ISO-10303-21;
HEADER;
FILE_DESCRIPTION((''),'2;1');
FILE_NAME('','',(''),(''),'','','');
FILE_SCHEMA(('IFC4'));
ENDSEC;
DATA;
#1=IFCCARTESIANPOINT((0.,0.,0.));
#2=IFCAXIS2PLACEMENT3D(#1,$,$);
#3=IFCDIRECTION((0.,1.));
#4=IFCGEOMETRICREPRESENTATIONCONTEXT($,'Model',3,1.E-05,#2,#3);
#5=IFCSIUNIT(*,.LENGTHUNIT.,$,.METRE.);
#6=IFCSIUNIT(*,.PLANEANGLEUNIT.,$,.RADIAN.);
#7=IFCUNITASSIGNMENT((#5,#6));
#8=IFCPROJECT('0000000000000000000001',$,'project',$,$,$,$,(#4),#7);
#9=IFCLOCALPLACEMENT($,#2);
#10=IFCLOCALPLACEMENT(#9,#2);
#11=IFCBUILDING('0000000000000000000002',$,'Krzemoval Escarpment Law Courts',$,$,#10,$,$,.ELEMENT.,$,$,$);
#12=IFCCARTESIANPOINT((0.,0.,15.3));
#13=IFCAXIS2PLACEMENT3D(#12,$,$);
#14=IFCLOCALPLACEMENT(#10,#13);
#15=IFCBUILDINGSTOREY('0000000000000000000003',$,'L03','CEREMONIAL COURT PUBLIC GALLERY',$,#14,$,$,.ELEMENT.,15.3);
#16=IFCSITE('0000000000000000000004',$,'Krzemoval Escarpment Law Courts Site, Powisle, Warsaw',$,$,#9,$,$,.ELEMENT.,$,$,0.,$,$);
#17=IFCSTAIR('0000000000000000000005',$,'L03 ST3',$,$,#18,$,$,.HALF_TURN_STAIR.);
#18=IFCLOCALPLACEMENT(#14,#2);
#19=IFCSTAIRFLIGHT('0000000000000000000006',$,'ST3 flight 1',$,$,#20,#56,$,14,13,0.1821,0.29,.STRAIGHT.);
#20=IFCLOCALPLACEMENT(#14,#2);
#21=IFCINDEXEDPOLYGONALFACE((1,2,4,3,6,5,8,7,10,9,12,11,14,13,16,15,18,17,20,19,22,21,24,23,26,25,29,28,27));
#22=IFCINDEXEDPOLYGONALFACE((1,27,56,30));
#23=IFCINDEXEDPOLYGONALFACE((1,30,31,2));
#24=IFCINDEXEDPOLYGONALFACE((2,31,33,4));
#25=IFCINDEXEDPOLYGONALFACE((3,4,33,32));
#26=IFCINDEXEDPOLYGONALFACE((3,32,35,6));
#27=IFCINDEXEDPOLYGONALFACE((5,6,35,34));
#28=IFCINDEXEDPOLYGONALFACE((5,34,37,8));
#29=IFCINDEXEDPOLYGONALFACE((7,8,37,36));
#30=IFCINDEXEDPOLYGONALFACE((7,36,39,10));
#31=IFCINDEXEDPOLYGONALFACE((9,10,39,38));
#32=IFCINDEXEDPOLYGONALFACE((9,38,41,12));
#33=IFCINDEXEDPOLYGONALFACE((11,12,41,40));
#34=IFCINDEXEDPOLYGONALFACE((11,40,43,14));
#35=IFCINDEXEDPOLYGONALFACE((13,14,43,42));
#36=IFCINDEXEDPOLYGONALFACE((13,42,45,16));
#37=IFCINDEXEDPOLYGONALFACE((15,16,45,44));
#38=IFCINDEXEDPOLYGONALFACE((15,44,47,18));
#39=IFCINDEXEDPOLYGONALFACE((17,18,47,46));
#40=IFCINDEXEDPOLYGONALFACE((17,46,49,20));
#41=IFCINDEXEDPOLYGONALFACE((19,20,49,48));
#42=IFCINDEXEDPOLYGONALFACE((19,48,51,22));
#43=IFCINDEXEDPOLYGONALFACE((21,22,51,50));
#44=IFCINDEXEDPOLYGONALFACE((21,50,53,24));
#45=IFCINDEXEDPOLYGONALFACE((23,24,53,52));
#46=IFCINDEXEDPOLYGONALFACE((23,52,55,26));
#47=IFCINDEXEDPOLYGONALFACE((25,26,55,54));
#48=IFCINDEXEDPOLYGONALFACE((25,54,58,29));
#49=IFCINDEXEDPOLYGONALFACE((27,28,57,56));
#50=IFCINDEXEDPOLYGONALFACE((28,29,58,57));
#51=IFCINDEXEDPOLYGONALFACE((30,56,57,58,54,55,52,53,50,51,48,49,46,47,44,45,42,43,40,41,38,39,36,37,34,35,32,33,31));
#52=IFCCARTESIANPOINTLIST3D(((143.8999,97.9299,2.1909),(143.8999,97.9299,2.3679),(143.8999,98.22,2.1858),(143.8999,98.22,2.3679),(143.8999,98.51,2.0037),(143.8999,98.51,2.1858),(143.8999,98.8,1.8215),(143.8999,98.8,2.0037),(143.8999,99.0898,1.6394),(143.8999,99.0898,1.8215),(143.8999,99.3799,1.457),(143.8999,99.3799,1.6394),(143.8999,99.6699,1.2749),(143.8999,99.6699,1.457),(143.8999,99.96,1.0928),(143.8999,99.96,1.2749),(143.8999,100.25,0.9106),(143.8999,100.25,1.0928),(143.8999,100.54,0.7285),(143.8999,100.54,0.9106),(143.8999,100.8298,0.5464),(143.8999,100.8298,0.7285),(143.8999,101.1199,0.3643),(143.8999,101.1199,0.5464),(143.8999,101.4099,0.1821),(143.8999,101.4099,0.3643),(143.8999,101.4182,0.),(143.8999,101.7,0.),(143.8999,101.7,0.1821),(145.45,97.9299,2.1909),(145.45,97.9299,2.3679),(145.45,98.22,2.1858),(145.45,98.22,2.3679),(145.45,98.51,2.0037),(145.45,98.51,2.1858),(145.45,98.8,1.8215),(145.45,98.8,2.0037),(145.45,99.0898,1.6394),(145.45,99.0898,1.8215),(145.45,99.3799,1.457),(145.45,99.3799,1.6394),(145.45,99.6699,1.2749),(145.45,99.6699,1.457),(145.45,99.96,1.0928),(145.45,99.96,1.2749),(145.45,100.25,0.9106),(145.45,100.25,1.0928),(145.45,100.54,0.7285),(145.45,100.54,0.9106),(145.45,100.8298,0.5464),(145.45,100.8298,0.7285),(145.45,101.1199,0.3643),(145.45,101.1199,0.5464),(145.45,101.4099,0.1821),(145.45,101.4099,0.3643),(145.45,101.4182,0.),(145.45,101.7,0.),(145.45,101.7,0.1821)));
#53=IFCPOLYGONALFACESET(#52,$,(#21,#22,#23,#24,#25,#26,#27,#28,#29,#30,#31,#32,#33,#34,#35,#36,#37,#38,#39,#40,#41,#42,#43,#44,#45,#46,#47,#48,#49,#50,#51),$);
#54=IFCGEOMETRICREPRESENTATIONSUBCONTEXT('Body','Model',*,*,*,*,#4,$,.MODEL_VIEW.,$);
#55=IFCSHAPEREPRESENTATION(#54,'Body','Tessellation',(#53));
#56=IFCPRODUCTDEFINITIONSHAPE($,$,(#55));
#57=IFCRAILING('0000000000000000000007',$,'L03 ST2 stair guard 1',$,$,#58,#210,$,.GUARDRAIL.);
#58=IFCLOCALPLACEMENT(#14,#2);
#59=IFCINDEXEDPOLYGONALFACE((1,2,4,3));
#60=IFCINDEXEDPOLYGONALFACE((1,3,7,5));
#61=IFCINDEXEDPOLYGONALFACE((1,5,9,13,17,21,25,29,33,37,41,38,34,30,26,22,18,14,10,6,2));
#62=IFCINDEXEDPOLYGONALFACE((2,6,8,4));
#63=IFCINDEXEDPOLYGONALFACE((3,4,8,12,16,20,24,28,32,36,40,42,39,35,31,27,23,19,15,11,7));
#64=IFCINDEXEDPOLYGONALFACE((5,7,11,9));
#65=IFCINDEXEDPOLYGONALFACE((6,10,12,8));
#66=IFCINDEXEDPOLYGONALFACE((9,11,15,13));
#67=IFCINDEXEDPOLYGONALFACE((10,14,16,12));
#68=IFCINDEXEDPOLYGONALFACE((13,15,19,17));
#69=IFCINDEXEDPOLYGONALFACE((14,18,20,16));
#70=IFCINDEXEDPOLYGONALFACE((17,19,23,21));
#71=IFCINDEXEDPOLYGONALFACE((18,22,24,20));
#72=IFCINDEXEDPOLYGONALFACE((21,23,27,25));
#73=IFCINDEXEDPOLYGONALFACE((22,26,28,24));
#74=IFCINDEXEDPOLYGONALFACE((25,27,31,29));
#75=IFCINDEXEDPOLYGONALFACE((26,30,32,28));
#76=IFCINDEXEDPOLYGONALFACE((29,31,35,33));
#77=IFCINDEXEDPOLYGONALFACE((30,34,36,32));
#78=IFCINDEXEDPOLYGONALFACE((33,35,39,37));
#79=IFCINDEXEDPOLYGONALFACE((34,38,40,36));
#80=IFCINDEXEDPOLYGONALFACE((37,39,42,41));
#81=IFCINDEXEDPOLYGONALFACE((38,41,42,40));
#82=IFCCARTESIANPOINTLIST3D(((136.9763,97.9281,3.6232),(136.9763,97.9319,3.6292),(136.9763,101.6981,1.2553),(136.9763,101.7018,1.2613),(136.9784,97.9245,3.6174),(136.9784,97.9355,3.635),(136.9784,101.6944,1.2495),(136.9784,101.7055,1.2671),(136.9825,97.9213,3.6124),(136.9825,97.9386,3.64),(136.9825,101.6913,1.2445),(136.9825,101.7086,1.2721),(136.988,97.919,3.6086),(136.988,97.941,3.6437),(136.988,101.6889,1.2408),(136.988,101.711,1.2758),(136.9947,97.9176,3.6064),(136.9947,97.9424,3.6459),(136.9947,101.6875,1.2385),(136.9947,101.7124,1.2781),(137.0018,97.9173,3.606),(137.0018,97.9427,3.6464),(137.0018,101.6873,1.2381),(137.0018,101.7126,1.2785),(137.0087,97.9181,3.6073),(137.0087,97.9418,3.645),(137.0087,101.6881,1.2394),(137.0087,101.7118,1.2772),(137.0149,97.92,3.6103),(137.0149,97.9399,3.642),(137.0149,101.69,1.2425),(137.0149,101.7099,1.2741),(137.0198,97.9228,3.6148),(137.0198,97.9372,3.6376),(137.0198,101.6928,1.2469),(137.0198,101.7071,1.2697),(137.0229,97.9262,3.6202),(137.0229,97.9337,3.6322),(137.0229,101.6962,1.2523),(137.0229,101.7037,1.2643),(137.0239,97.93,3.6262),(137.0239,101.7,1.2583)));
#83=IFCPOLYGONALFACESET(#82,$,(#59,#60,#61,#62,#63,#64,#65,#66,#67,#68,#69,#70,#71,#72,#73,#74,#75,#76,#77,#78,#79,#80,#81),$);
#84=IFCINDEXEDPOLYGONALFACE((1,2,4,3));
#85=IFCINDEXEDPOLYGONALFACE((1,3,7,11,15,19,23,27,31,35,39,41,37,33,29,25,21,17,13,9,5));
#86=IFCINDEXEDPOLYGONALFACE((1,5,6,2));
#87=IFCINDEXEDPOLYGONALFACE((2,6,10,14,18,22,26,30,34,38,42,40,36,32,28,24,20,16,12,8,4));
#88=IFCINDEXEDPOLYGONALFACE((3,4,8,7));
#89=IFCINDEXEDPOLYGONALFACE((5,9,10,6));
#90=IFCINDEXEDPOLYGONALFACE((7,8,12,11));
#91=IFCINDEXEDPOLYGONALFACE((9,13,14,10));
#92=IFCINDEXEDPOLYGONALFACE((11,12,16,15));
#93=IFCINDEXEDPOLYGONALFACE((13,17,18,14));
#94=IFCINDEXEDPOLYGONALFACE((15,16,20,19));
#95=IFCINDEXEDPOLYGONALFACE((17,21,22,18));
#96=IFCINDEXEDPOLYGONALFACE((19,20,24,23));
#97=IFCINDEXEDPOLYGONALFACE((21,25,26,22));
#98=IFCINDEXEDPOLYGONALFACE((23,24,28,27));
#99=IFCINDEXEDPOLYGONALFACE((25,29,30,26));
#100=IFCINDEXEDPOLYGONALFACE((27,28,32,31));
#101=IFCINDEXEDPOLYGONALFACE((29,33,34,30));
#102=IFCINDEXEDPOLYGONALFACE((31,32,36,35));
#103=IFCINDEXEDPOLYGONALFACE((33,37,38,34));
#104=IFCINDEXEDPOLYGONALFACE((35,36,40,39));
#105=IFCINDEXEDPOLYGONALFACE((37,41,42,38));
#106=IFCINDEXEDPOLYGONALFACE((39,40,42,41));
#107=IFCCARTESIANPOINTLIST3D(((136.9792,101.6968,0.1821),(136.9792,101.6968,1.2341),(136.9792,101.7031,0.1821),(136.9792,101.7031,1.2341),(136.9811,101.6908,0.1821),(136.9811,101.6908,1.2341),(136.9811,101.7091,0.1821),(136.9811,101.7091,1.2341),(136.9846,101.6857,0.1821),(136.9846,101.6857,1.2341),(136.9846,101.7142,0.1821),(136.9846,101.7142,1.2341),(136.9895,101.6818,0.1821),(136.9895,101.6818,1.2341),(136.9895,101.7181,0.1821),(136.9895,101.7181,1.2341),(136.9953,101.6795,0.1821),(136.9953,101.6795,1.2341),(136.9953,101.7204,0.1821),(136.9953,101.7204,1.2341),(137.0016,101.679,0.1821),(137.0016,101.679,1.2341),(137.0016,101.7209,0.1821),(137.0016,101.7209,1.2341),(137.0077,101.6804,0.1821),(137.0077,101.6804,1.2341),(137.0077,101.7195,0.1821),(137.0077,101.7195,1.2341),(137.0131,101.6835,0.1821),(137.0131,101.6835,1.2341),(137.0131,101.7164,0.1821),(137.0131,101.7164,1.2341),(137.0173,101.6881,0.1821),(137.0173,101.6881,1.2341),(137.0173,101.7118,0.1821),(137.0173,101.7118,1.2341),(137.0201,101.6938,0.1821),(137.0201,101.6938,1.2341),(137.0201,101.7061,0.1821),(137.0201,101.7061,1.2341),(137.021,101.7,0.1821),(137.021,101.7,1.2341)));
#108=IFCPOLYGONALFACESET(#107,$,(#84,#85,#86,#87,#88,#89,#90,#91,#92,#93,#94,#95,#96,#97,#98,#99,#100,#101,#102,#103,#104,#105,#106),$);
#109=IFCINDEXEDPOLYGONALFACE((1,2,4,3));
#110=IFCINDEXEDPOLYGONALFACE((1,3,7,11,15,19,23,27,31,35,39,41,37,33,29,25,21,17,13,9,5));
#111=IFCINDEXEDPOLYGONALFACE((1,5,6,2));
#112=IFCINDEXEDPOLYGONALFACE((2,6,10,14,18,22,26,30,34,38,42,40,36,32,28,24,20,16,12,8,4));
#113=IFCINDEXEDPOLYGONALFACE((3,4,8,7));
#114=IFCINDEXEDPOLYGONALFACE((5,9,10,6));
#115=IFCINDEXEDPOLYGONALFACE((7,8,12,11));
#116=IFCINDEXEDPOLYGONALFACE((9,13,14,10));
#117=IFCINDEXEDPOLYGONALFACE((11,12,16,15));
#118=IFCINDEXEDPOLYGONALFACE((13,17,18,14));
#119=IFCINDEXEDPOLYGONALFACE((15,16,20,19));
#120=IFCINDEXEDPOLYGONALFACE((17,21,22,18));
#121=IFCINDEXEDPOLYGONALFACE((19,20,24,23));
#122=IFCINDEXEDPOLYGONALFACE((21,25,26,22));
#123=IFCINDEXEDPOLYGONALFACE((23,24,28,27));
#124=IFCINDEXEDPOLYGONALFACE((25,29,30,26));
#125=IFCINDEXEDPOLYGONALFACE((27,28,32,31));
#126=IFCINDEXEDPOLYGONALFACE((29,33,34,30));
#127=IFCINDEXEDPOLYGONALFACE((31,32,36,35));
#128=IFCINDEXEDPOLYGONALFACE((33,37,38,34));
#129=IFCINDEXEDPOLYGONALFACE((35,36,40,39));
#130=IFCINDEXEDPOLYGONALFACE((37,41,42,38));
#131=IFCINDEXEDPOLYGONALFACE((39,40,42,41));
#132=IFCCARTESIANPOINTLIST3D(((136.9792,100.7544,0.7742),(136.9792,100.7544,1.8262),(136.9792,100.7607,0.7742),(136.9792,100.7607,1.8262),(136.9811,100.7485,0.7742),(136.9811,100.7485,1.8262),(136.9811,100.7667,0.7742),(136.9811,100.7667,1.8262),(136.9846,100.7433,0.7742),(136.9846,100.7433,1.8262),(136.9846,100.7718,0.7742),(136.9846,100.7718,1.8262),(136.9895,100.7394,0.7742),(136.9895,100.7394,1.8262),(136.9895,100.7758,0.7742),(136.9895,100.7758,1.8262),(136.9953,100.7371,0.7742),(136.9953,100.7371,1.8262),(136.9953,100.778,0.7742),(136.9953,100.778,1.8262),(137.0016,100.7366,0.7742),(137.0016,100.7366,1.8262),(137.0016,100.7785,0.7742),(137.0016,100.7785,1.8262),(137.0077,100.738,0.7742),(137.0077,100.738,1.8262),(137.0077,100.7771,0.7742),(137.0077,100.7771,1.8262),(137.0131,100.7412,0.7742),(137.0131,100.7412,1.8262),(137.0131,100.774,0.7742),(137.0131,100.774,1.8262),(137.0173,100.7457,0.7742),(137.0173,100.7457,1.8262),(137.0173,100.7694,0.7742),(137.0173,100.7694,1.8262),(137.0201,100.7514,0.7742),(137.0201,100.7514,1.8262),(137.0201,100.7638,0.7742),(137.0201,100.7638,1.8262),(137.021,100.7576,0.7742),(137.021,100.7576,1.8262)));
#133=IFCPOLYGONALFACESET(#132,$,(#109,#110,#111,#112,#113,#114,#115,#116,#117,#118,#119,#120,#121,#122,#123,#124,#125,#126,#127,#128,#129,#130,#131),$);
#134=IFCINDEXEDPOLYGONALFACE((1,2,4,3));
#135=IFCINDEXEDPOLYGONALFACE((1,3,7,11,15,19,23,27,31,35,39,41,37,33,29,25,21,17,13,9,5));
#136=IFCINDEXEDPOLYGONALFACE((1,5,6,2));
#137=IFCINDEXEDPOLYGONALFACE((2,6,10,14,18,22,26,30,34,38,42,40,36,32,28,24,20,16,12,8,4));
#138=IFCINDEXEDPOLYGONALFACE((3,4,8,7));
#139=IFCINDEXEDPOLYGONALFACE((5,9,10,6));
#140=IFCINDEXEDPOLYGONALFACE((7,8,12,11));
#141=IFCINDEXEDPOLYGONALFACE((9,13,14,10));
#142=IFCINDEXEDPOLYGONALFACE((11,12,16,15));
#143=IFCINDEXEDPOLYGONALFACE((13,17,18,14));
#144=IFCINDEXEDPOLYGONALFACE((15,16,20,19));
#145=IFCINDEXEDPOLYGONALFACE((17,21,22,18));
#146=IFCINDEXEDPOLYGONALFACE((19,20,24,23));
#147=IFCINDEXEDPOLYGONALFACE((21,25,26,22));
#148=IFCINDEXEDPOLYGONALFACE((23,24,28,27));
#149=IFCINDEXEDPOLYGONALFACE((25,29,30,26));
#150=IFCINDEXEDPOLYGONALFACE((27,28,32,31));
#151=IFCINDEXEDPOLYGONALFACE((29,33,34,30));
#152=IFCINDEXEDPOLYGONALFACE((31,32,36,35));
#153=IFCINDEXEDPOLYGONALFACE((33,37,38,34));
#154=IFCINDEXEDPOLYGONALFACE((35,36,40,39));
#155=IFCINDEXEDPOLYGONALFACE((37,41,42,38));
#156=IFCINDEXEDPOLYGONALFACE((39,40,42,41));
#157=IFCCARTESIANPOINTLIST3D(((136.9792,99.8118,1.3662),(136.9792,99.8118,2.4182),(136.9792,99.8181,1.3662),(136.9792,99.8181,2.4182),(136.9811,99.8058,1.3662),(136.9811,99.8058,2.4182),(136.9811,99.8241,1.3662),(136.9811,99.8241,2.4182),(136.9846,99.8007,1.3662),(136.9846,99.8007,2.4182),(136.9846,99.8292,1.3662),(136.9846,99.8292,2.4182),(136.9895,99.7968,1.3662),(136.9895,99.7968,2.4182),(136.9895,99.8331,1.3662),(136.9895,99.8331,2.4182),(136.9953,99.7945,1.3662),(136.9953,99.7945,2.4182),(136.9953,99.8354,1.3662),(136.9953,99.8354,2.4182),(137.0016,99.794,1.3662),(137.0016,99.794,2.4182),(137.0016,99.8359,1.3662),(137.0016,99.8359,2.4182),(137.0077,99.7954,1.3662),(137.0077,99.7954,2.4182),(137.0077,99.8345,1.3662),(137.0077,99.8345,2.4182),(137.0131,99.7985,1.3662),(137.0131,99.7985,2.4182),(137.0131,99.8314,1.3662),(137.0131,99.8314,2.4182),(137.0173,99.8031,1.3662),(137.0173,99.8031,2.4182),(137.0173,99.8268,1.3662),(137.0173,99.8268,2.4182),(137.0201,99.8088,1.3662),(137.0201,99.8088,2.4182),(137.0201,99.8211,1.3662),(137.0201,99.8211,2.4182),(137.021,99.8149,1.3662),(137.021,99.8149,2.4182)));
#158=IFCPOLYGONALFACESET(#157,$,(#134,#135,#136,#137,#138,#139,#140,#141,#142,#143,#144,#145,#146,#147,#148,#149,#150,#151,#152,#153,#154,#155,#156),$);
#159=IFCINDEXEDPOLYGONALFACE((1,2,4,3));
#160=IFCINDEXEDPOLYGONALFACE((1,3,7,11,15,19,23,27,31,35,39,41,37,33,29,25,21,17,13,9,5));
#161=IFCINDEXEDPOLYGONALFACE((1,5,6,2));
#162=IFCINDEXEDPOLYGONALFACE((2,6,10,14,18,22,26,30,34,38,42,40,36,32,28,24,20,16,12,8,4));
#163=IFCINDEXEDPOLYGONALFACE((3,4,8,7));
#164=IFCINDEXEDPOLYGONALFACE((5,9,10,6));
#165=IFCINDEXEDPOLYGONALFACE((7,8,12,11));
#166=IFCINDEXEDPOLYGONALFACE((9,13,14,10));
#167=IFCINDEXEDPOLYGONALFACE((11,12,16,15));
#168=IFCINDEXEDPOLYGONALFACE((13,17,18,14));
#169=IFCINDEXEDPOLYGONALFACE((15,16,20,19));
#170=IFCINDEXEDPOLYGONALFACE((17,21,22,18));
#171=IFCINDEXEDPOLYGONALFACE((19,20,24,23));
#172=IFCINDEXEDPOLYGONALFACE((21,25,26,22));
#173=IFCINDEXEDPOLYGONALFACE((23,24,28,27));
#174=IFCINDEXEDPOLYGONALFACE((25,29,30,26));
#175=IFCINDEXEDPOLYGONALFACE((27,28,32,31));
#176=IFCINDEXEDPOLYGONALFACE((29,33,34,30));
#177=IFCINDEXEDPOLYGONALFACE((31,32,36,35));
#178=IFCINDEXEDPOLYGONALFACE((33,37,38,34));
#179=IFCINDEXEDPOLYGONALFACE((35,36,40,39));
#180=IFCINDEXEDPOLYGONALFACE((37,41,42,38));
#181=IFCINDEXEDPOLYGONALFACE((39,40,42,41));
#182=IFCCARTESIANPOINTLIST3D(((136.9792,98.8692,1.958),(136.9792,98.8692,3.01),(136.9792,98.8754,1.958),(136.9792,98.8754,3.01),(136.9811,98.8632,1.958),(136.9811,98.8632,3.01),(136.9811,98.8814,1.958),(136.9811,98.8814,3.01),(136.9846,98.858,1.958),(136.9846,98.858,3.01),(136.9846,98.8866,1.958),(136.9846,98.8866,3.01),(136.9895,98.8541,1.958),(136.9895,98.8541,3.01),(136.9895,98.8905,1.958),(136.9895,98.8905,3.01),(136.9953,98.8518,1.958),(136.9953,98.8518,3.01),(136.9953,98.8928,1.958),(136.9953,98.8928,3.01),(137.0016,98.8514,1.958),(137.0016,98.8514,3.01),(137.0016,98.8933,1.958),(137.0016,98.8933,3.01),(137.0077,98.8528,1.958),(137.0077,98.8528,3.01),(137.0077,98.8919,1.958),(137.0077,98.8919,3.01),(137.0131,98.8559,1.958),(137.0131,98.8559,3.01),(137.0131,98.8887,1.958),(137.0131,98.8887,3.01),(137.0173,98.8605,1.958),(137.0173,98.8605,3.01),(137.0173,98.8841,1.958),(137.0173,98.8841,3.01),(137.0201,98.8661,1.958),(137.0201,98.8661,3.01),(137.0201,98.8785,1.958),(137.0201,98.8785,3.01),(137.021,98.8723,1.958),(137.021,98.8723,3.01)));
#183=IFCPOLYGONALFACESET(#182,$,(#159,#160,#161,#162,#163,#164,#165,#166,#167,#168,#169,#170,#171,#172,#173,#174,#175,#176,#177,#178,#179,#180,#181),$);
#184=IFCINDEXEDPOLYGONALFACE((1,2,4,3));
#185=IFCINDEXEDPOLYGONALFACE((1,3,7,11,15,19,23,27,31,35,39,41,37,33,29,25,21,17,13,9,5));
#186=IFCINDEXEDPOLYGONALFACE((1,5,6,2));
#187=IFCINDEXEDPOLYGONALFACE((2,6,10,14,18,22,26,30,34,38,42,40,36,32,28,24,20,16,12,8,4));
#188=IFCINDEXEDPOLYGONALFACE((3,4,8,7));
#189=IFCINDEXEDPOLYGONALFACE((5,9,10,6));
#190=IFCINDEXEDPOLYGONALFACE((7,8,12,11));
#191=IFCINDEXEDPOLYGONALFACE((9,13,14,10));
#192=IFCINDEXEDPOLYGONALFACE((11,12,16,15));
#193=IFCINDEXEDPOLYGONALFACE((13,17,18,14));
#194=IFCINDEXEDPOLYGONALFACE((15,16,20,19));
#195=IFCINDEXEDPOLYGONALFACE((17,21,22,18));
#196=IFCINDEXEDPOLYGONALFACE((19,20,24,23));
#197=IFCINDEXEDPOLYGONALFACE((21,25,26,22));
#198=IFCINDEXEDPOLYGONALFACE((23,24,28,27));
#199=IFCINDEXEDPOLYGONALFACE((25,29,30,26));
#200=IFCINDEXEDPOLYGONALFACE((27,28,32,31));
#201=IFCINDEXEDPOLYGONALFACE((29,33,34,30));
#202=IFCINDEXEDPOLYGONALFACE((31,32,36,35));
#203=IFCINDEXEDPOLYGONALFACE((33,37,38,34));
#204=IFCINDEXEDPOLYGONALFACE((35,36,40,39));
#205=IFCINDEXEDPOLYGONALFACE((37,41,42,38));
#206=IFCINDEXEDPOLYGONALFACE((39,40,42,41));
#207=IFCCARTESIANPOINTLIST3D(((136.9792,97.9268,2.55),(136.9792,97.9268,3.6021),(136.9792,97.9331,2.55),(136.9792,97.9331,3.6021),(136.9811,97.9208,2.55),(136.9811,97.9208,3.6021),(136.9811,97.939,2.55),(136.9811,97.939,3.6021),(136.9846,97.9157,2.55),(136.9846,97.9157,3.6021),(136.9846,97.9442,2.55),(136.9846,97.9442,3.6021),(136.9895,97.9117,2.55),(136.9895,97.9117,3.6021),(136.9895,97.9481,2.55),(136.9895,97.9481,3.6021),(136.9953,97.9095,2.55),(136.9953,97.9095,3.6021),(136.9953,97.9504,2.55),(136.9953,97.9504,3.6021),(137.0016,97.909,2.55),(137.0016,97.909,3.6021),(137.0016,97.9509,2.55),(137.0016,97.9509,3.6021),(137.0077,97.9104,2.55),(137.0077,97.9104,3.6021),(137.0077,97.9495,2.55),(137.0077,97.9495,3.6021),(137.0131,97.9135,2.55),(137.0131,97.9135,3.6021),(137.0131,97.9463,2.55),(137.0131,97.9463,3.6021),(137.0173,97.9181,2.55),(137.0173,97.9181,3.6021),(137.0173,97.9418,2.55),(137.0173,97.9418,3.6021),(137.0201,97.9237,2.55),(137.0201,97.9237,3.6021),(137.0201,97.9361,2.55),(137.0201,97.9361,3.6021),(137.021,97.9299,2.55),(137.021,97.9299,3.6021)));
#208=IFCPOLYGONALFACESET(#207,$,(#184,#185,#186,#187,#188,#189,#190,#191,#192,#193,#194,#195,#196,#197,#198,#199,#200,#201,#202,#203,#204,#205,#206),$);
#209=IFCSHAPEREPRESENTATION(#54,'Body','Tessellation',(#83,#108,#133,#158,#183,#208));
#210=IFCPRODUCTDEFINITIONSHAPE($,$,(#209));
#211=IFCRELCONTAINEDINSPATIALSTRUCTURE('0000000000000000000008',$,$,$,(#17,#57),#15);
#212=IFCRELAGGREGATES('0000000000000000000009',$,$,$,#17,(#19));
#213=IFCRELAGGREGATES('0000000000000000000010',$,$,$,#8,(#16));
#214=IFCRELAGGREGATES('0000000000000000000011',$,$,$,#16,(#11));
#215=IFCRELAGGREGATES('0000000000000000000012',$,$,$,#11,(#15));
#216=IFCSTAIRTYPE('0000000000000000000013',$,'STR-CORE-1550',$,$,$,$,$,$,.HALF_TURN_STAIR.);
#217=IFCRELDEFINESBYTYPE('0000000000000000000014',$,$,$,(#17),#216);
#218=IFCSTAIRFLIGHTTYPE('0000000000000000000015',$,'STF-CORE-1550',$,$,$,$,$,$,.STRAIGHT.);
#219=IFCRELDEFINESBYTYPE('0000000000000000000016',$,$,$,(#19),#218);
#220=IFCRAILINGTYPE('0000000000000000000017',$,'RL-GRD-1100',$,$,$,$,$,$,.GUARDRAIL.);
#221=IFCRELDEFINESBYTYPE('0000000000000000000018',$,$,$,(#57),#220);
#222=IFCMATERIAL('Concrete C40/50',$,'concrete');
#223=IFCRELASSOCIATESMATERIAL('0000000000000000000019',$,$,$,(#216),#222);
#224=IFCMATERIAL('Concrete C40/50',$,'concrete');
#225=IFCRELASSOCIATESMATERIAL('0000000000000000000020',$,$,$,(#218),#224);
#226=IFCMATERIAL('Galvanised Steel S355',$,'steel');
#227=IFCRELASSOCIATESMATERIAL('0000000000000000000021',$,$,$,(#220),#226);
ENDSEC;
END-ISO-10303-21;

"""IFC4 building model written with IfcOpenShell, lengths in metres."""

from ifc_helpers import new_model, si_unit, direction, frame, origin, origin_2d, place, context, subcontext, project, spatial, polyline, circle, outline, extrude, material, type_object, element, aggregate, save


model = new_model("IFC4")

# Units and contexts
model_context = context("Model", 3, precision=1e-05, world=origin(), true_north=direction((0.0, 1.0)))
body_context = subcontext(model_context, "Body", "Model", "MODEL_VIEW")
ifc_project = project(units=[si_unit("LENGTHUNIT", "METRE"), si_unit("PLANEANGLEUNIT", "RADIAN")], contexts=[model_context])

# Site, building, storey
site_placement = place(None, origin())
site = spatial("IfcSite", under=ifc_project, at=site_placement, Name="Krzemoval Escarpment Law Courts Site, Powisle, Warsaw", CompositionType="ELEMENT", RefElevation=0.0)
building_placement = place(site_placement, origin())
building = spatial("IfcBuilding", under=site, at=building_placement, Name="Krzemoval Escarpment Law Courts", CompositionType="ELEMENT")
storey_placement = place(building_placement, frame((0.0, 0.0, 15.3)))
storey = spatial("IfcBuildingStorey", under=building, at=storey_placement, Name="L03", Description="CEREMONIAL COURT PUBLIC GALLERY", CompositionType="ELEMENT", Elevation=15.3)

# Stair, stair flight
ifc_material_1 = material(Name="Concrete C40/50", Category="concrete")
stair_type = type_object("IfcStairType", Name="STR-CORE-1550", PredefinedType="HALF_TURN_STAIR", material=ifc_material_1)
ifc_material_2 = material(Name="Concrete C40/50", Category="concrete")
stair_flight_type = type_object("IfcStairFlightType", Name="STF-CORE-1550", PredefinedType="STRAIGHT", material=ifc_material_2)
stair_1_placement = place(storey_placement, origin())
stair_1 = element("IfcStair", 1, at=stair_1_placement, inside=storey, type_object=stair_type, Name="L03 ST3", PredefinedType="HALF_TURN_STAIR")
stair_flight_1_placement = place(storey_placement, frame((144.675, 101.7, 0.0), z_axis=(0.0, 0.0, 1.0), x_axis=(0.0, -1.0, 0.0)))
stair_flight_1 = element("IfcStairFlight", 2, at=stair_flight_1_placement, type_object=stair_flight_type, Name="ST3 flight 1", NumberOfRisers=14, NumberOfTreads=13, PredefinedType="STRAIGHT", RiserHeight=0.1821, TreadLength=0.29, context=body_context, shape_type="SweptSolid", body=[
    extrude(outline(polyline([(0.0, 0.0), (0.0, 0.1821), (0.29, 0.1821), (0.29, 0.3643), (0.5801, 0.3643), (0.5801, 0.5464), (0.8701, 0.5464), (0.8701, 0.7285), (1.1599, 0.7285), (1.1599, 0.9106), (1.45, 0.9106), (1.45, 1.0928), (1.74, 1.0928), (1.74, 1.2749), (2.03, 1.2749), (2.03, 1.457), (2.3201, 1.457), (2.3201, 1.6394), (2.6101, 1.6394), (2.6101, 1.8215), (2.8999, 1.8215), (2.8999, 2.0037), (3.1899, 2.0037), (3.1899, 2.1858), (3.48, 2.1858), (3.48, 2.3679), (3.77, 2.3679), (3.77, 2.55), (3.77, 2.1909), (0.2817, 0.0), (0.0, 0.0)])), frame((0.0, 0.7749, 0.0), z_axis=(0.0, -1.0, 0.0), x_axis=(1.0, 0.0, 0.0)), (0.0, 0.0, 1.0), 1.55),
])
aggregate(stair_1, [stair_flight_1])

# Railing
ifc_material_3 = material(Name="Galvanised Steel S355", Category="steel")
railing_type_1 = type_object("IfcRailingType", Name="RL-GRD-1100", PredefinedType="GUARDRAIL", material=ifc_material_3)
railing_1_placement = place(storey_placement, frame((137.0, 101.7, 0.1821)))
element("IfcRailing", 3, at=railing_1_placement, inside=storey, type_object=railing_type_1, Name="L03 ST2 stair guard 1", PredefinedType="GUARDRAIL", context=body_context, shape_type="SweptSolid", body=[
    extrude(circle(Radius=0.0239, at=origin_2d()), frame((0.0, 0.0, 1.0762), z_axis=(0.0, -0.846819, 0.531881), x_axis=(1.0, 0.0, 0.0)), (0.0, 0.0, 1.0), 4.4519),
    extrude(circle(Radius=0.021, at=origin_2d()), origin(), (0.0, 0.0, 1.0), 1.052),
    extrude(circle(Radius=0.021, at=origin_2d()), frame((0.0, -0.9424, 0.592)), (0.0, 0.0, 1.0), 1.052),
    extrude(circle(Radius=0.021, at=origin_2d()), frame((0.0, -1.885, 1.1841)), (0.0, 0.0, 1.0), 1.052),
    extrude(circle(Radius=0.021, at=origin_2d()), frame((0.0, -2.8276, 1.7759)), (0.0, 0.0, 1.0), 1.052),
    extrude(circle(Radius=0.021, at=origin_2d()), frame((0.0, -3.77, 2.3679)), (0.0, 0.0, 1.0), 1.052),
])

save(model, "model.ifc")
